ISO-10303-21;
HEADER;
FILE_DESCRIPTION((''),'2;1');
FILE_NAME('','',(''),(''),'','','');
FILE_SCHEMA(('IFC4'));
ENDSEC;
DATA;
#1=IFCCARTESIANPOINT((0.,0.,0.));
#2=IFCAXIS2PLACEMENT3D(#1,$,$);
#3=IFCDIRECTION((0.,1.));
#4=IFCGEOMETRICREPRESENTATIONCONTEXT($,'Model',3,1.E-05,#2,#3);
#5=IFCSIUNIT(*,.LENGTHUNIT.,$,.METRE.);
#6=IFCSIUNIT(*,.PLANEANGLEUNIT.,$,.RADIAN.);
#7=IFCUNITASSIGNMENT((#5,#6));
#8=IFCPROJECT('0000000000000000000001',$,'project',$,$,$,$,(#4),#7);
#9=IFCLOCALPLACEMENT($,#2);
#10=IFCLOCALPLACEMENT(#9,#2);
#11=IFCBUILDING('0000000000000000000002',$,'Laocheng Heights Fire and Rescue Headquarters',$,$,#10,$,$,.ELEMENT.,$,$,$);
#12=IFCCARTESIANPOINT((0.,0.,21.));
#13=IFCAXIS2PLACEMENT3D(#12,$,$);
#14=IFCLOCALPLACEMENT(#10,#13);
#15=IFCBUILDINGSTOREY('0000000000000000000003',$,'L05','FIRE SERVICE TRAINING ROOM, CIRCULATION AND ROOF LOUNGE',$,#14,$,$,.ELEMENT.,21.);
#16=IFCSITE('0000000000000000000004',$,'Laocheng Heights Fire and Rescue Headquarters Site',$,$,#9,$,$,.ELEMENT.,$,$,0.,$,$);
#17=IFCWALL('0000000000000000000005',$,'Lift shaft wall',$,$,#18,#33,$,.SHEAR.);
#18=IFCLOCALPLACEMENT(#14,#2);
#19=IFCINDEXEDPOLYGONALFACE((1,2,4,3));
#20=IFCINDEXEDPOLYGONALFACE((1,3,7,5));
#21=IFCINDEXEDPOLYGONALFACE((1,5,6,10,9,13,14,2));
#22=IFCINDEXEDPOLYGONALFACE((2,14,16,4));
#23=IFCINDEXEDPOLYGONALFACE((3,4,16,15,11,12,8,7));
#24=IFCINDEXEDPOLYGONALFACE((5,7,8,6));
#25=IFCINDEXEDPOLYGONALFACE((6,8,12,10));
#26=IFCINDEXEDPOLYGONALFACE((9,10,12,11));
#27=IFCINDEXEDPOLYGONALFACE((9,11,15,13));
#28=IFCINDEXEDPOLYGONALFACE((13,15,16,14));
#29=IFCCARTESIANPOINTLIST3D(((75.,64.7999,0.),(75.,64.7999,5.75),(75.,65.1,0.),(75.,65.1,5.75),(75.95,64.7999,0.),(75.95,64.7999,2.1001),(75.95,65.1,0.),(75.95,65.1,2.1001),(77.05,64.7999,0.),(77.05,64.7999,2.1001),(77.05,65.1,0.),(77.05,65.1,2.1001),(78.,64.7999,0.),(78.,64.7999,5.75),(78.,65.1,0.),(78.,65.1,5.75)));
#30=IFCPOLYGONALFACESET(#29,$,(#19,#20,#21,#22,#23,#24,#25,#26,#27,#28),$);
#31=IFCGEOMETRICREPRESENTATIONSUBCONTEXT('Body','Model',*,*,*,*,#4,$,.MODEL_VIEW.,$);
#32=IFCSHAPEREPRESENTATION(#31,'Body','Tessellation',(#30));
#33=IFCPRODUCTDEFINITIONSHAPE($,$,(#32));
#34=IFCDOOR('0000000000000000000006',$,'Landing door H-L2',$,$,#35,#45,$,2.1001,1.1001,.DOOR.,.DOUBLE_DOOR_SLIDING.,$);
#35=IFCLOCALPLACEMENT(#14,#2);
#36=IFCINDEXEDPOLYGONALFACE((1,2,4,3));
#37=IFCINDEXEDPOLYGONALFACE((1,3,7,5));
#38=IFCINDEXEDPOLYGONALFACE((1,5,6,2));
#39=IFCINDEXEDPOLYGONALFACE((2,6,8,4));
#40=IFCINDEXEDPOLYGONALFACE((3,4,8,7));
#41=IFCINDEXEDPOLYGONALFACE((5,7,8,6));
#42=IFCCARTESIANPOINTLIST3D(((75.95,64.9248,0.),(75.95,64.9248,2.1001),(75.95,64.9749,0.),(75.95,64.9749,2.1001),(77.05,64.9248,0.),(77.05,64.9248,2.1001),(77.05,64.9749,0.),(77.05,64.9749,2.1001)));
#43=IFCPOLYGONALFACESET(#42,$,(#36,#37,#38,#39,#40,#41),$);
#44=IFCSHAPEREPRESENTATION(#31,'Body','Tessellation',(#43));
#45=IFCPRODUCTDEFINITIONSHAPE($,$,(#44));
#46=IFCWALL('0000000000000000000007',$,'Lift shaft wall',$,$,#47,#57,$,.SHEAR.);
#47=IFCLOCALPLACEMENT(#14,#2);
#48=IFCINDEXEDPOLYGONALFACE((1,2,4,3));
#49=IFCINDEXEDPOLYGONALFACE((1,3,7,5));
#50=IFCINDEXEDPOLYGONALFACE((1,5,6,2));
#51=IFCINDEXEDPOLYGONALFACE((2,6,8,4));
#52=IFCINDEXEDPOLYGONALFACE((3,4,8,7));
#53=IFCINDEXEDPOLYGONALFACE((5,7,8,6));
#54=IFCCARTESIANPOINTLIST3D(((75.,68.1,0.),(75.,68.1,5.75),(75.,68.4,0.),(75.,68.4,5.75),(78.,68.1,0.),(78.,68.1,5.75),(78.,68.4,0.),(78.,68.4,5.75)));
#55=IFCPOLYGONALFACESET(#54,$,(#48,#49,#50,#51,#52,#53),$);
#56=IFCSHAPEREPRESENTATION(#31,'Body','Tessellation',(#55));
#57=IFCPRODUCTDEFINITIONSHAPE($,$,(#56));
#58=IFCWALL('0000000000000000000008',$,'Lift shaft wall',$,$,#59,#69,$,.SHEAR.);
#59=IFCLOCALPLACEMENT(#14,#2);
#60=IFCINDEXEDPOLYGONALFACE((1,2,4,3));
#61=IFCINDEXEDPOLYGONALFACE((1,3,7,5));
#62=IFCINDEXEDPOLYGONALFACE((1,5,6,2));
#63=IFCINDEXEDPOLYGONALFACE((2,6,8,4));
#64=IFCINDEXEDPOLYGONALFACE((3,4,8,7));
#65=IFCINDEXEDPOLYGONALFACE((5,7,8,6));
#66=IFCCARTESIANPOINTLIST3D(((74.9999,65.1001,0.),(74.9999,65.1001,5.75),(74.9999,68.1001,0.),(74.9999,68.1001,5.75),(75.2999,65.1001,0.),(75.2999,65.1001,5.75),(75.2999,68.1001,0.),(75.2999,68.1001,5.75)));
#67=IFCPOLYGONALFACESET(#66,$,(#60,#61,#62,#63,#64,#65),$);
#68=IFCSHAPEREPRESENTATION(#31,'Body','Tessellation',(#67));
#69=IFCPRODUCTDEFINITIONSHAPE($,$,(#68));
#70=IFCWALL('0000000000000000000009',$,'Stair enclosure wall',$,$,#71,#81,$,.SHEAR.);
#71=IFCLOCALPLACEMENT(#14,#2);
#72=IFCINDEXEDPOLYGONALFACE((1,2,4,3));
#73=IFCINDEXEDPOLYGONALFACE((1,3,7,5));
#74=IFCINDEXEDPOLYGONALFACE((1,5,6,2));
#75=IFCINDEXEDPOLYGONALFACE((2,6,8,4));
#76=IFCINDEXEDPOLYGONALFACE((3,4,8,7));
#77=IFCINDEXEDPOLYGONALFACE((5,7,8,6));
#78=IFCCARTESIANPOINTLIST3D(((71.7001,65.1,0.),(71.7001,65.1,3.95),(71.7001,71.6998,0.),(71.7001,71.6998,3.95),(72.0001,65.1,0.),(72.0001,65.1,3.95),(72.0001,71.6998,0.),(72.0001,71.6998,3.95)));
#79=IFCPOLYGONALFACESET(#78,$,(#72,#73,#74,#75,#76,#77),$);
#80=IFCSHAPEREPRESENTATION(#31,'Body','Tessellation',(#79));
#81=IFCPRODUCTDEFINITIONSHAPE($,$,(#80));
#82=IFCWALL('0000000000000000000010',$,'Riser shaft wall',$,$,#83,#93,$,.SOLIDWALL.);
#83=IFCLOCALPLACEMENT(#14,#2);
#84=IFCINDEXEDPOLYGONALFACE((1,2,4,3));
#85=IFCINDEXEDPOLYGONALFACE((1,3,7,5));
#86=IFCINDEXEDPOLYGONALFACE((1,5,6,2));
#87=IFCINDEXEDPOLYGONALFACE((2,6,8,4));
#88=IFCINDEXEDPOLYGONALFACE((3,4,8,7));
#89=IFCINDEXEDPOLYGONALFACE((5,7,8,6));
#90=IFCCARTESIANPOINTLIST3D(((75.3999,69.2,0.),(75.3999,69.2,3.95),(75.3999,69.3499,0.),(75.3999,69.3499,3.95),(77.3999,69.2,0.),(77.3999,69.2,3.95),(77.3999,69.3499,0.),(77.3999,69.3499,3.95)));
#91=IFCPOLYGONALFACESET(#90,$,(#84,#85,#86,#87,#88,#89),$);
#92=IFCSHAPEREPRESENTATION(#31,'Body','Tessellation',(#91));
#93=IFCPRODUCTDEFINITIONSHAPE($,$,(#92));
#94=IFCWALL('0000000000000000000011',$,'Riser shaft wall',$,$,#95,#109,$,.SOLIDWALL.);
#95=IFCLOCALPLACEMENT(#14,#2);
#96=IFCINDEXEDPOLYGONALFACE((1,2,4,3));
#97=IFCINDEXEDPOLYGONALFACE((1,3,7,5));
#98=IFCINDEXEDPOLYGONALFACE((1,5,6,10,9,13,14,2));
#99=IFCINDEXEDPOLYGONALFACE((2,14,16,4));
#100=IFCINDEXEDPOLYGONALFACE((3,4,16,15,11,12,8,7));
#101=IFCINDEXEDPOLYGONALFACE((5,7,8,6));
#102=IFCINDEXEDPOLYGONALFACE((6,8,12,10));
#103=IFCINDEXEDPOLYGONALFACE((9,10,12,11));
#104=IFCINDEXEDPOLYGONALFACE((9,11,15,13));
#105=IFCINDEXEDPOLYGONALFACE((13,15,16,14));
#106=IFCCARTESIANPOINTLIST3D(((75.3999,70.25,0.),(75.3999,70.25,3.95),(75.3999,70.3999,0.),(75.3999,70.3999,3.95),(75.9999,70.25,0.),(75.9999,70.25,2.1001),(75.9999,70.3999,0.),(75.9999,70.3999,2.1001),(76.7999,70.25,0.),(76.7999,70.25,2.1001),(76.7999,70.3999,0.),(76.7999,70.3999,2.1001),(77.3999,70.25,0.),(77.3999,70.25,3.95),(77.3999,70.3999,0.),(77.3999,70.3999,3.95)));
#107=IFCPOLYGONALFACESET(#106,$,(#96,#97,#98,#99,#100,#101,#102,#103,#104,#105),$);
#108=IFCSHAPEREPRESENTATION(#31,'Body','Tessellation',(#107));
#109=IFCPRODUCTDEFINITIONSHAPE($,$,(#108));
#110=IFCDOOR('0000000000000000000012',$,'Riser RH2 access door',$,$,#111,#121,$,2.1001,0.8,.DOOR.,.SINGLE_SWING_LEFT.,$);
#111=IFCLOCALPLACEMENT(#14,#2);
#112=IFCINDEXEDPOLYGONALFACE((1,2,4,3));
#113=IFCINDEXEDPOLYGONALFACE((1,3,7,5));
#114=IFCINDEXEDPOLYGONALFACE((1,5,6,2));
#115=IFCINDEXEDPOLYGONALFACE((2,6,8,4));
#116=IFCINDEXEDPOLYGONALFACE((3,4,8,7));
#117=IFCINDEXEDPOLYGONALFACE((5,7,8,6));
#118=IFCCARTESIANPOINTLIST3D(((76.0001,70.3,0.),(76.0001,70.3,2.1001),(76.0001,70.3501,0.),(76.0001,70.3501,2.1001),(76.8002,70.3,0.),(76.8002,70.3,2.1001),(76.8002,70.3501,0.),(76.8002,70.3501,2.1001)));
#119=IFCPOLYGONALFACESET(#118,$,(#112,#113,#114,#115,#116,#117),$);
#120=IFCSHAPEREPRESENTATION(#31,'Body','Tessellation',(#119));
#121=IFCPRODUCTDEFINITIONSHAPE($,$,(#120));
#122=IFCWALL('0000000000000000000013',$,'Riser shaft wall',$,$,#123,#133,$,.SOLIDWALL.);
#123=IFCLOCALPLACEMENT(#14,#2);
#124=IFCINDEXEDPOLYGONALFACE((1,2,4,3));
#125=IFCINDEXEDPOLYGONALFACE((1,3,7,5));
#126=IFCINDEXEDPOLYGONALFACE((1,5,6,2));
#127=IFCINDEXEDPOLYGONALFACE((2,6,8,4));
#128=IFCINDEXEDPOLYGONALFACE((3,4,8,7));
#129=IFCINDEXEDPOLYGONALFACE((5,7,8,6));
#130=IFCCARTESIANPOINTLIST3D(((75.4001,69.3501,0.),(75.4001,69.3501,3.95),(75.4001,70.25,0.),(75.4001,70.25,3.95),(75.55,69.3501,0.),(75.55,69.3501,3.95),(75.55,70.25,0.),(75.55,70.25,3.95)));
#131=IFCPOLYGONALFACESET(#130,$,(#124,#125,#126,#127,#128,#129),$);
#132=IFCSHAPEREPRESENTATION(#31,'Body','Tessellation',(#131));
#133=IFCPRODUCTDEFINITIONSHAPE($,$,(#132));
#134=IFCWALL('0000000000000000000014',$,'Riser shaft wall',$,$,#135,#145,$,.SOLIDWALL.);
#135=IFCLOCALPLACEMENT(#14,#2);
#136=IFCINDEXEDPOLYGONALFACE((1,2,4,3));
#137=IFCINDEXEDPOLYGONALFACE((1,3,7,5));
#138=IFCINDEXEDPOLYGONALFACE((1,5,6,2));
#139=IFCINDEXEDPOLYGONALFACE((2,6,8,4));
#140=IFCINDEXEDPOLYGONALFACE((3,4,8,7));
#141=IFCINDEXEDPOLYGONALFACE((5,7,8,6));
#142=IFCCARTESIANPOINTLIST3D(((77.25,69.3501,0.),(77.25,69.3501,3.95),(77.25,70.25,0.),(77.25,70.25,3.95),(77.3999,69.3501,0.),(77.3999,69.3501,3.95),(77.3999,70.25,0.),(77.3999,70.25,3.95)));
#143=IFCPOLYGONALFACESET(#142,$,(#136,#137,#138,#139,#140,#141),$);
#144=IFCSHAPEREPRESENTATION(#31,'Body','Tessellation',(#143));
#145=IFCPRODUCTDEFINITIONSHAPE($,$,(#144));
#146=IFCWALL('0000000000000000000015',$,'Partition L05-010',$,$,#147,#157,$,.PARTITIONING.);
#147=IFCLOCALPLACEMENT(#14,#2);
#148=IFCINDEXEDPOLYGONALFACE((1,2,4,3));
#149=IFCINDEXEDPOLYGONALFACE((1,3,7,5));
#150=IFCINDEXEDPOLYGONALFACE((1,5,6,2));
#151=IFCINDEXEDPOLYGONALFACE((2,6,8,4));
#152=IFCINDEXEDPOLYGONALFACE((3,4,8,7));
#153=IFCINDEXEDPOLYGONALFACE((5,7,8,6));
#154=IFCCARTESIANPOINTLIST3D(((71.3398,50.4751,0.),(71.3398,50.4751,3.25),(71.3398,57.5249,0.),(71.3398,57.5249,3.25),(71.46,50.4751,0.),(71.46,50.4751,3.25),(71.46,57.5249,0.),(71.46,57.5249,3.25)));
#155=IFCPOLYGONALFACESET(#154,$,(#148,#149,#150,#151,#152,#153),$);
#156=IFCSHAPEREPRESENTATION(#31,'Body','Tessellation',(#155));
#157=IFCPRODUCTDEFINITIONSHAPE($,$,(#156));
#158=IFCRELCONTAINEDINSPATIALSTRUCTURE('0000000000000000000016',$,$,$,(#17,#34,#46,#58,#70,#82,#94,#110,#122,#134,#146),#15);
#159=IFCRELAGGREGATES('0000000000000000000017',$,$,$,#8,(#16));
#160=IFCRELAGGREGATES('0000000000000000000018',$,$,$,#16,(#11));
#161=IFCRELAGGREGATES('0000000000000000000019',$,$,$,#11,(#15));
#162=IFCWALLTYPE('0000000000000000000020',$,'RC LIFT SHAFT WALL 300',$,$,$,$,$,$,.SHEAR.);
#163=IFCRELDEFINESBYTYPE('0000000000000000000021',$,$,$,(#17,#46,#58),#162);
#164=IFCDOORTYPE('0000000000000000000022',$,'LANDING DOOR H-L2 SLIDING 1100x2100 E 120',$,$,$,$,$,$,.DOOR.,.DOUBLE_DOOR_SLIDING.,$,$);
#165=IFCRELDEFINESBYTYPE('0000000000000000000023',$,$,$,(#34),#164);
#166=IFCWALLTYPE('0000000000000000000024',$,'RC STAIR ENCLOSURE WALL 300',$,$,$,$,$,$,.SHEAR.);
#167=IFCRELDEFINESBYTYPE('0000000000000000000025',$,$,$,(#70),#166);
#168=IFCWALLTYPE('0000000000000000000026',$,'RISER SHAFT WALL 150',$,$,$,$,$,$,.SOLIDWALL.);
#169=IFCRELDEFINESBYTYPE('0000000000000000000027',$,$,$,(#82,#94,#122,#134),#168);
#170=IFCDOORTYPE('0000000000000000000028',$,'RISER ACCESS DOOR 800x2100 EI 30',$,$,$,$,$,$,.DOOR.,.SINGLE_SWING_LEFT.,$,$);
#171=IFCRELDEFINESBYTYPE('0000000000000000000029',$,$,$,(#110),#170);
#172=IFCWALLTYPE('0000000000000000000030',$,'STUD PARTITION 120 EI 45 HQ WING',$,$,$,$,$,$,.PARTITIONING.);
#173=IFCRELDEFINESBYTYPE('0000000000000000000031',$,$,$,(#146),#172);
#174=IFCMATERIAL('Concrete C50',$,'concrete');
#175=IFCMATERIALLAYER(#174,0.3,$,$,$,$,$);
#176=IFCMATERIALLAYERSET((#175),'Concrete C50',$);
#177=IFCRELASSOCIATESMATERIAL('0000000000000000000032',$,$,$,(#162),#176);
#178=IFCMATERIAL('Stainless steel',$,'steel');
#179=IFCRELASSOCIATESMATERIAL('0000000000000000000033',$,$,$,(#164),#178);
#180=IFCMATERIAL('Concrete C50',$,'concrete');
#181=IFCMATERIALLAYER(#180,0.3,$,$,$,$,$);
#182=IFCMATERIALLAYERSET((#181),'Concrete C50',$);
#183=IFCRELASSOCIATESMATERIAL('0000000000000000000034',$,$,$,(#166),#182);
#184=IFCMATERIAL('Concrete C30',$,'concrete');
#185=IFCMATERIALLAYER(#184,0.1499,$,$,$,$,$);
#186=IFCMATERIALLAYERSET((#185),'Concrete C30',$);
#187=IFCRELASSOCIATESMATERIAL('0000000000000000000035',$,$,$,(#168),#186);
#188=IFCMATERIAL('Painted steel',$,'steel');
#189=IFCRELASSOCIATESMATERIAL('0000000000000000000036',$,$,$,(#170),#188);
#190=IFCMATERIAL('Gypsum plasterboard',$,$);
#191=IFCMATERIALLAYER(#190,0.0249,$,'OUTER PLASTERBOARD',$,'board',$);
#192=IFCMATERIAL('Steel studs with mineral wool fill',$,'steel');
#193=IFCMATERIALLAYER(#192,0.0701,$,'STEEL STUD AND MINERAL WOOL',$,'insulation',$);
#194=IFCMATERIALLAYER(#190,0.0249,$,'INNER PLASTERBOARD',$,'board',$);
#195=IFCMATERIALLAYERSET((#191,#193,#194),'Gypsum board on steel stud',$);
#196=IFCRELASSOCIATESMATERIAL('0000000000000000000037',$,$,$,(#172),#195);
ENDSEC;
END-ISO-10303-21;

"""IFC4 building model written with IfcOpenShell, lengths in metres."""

from ifc_helpers import new_model, si_unit, direction, frame, frame_2d, origin, place, context, subcontext, project, spatial, rectangle, extrude, material, layer, layer_set, type_object, element, fill, save


model = new_model("IFC4")

# Units and contexts
model_context = context("Model", 3, precision=1e-05, world=origin(), true_north=direction((0.0, 1.0)))
body_context = subcontext(model_context, "Body", "Model", "MODEL_VIEW")
ifc_project = project(units=[si_unit("LENGTHUNIT", "METRE"), si_unit("PLANEANGLEUNIT", "RADIAN")], contexts=[model_context])

# Site, building, storey
site_placement = place(None, origin())
site = spatial("IfcSite", under=ifc_project, at=site_placement, Name="Laocheng Heights Fire and Rescue Headquarters Site", CompositionType="ELEMENT", RefElevation=0.0)
building_placement = place(site_placement, origin())
building = spatial("IfcBuilding", under=site, at=building_placement, Name="Laocheng Heights Fire and Rescue Headquarters", CompositionType="ELEMENT")
storey_placement = place(building_placement, frame((0.0, 0.0, 21.0)))
storey = spatial("IfcBuildingStorey", under=building, at=storey_placement, Name="L05", Description="FIRE SERVICE TRAINING ROOM, CIRCULATION AND ROOF LOUNGE", CompositionType="ELEMENT", Elevation=21.0)

# Wall, opening, door
ifc_material_1 = material(Name="Concrete C50", Category="concrete")
ifc_layer_1 = layer(ifc_material_1, 0.3)
ifc_layer_set_1 = layer_set([ifc_layer_1], Name="Concrete C50")
wall_type_1 = type_object("IfcWallType", Name="RC LIFT SHAFT WALL 300", PredefinedType="SHEAR", material=ifc_layer_set_1)
wall_1_placement = place(storey_placement, frame((75.0, 64.95, 0.0), z_axis=(0.0, 0.0, 1.0), x_axis=(1.0, 0.0, 0.0)))
wall_1 = element("IfcWall", 1, at=wall_1_placement, inside=storey, type_object=wall_type_1, Name="Lift shaft wall", PredefinedType="SHEAR", context=body_context, shape_type="SweptSolid", body=[
    extrude(rectangle(XDim=3.0, YDim=0.3, at=frame_2d((1.5, 0.0))), origin(), (0.0, 0.0, 1.0), 5.75),
])
opening_1_placement = place(wall_1_placement, frame((0.95, 0.0, 0.0)))
opening_1 = element("IfcOpeningElement", 2, at=opening_1_placement, cuts=wall_1, PredefinedType="OPENING", context=body_context, shape_type="SweptSolid", body=[
    extrude(rectangle(XDim=1.1001, YDim=2.1001, at=frame_2d((0.55, 1.05))), frame((0.0, 0.1599, 0.0), z_axis=(0.0, -1.0, 0.0), x_axis=(1.0, 0.0, 0.0)), (0.0, 0.0, 1.0), 0.3201),
])
ifc_material_2 = material(Name="Stainless steel", Category="steel")
door_type_1 = type_object("IfcDoorType", Name="LANDING DOOR H-L2 SLIDING 1100x2100 E 120", OperationType="DOUBLE_DOOR_SLIDING", PredefinedType="DOOR", material=ifc_material_2)
door_1_placement = place(opening_1_placement, origin())
door_1 = element("IfcDoor", 3, at=door_1_placement, inside=storey, type_object=door_type_1, Name="Landing door H-L2", OperationType="DOUBLE_DOOR_SLIDING", OverallHeight=2.1001, OverallWidth=1.1001, PredefinedType="DOOR", context=body_context, shape_type="SweptSolid", body=[
    extrude(rectangle(XDim=1.1001, YDim=2.1001, at=frame_2d((0.55, 1.05))), frame((0.0, 0.0249, 0.0), z_axis=(0.0, -1.0, 0.0), x_axis=(1.0, 0.0, 0.0)), (0.0, 0.0, 1.0), 0.05),
])
fill(opening_1, door_1)

# Walls
for number, where, z_axis, x_axis, name in (
    (4, (75.0, 68.25, 0.0), (0.0, 0.0, 1.0), (1.0, 0.0, 0.0), "Lift shaft wall"),
    (5, (75.1499, 65.1001, 0.0), (0.0, 0.0, 1.0), (0.0, 1.0, 0.0), "Lift shaft wall"),
):
    element("IfcWall", number, at=place(storey_placement, frame(where, z_axis=z_axis, x_axis=x_axis)), inside=storey, type_object=wall_type_1, Name=name, PredefinedType="SHEAR", context=body_context, shape_type="SweptSolid", body=[
        extrude(rectangle(XDim=3.0, YDim=0.3, at=frame_2d((1.5, 0.0))), origin(), (0.0, 0.0, 1.0), 5.75),
    ])
ifc_material_3 = material(Name="Concrete C50", Category="concrete")
ifc_layer_2 = layer(ifc_material_3, 0.3)
ifc_layer_set_2 = layer_set([ifc_layer_2], Name="Concrete C50")
wall_type_2 = type_object("IfcWallType", Name="RC STAIR ENCLOSURE WALL 300", PredefinedType="SHEAR", material=ifc_layer_set_2)
wall_2_placement = place(storey_placement, frame((71.8501, 65.1001, 0.0), z_axis=(0.0, 0.0, 1.0), x_axis=(0.0, 1.0, 0.0)))
element("IfcWall", 6, at=wall_2_placement, inside=storey, type_object=wall_type_2, Name="Stair enclosure wall", PredefinedType="SHEAR", context=body_context, shape_type="SweptSolid", body=[
    extrude(rectangle(XDim=6.5999, YDim=0.3, at=frame_2d((3.2998, 0.0))), origin(), (0.0, 0.0, 1.0), 3.95),
])
ifc_material_4 = material(Name="Concrete C30", Category="concrete")
ifc_layer_3 = layer(ifc_material_4, 0.1499)
ifc_layer_set_3 = layer_set([ifc_layer_3], Name="Concrete C30")
wall_type_3 = type_object("IfcWallType", Name="RISER SHAFT WALL 150", PredefinedType="SOLIDWALL", material=ifc_layer_set_3)
wall_3_placement = place(storey_placement, frame((75.3999, 69.2749, 0.0), z_axis=(0.0, 0.0, 1.0), x_axis=(1.0, 0.0, 0.0)))
element("IfcWall", 7, at=wall_3_placement, inside=storey, type_object=wall_type_3, Name="Riser shaft wall", PredefinedType="SOLIDWALL", context=body_context, shape_type="SweptSolid", body=[
    extrude(rectangle(XDim=2.0, YDim=0.1499, at=frame_2d((1.0, 0.0))), origin(), (0.0, 0.0, 1.0), 3.95),
])

# Wall, opening, door
wall_4_placement = place(storey_placement, frame((75.3999, 70.325, 0.0), z_axis=(0.0, 0.0, 1.0), x_axis=(1.0, 0.0, 0.0)))
wall_4 = element("IfcWall", 8, at=wall_4_placement, inside=storey, type_object=wall_type_3, Name="Riser shaft wall", PredefinedType="SOLIDWALL", context=body_context, shape_type="SweptSolid", body=[
    extrude(rectangle(XDim=2.0, YDim=0.1499, at=frame_2d((1.0, 0.0))), origin(), (0.0, 0.0, 1.0), 3.95),
])
opening_2_placement = place(wall_4_placement, frame((0.6001, 0.0, 0.0)))
opening_2 = element("IfcOpeningElement", 9, at=opening_2_placement, cuts=wall_4, PredefinedType="OPENING", context=body_context, shape_type="SweptSolid", body=[
    extrude(rectangle(XDim=0.8, YDim=2.1001, at=frame_2d((0.3999, 1.05))), frame((0.0, 0.085, 0.0), z_axis=(0.0, -1.0, 0.0), x_axis=(1.0, 0.0, 0.0)), (0.0, 0.0, 1.0), 0.1699),
])
ifc_material_5 = material(Name="Painted steel", Category="steel")
door_type_2 = type_object("IfcDoorType", Name="RISER ACCESS DOOR 800x2100 EI 30", OperationType="SINGLE_SWING_LEFT", PredefinedType="DOOR", material=ifc_material_5)
door_2_placement = place(opening_2_placement, frame((0.8, 0.0, 0.0), z_axis=(0.0, 0.0, 1.0), x_axis=(-1.0, 0.0, 0.0)))
door_2 = element("IfcDoor", 10, at=door_2_placement, inside=storey, type_object=door_type_2, Name="Riser RH2 access door", OperationType="SINGLE_SWING_LEFT", OverallHeight=2.1001, OverallWidth=0.8, PredefinedType="DOOR", context=body_context, shape_type="SweptSolid", body=[
    extrude(rectangle(XDim=0.8, YDim=2.1001, at=frame_2d((0.3999, 1.05))), frame((0.0, 0.0249, 0.0), z_axis=(0.0, -1.0, 0.0), x_axis=(1.0, 0.0, 0.0)), (0.0, 0.0, 1.0), 0.05),
])
fill(opening_2, door_2)

# Walls
for number, where, z_axis, x_axis, name in (
    (11, (75.4751, 69.3501, 0.0), (0.0, 0.0, 1.0), (0.0, 1.0, 0.0), "Riser shaft wall"),
    (12, (77.325, 69.3501, 0.0), (0.0, 0.0, 1.0), (0.0, 1.0, 0.0), "Riser shaft wall"),
):
    element("IfcWall", number, at=place(storey_placement, frame(where, z_axis=z_axis, x_axis=x_axis)), inside=storey, type_object=wall_type_3, Name=name, PredefinedType="SOLIDWALL", context=body_context, shape_type="SweptSolid", body=[
        extrude(rectangle(XDim=0.8999, YDim=0.1499, at=frame_2d((0.45, 0.0))), origin(), (0.0, 0.0, 1.0), 3.95),
    ])
ifc_material_6 = material(Name="Gypsum plasterboard")
ifc_layer_4 = layer(ifc_material_6, 0.0249, Name="OUTER PLASTERBOARD", Category="board")
ifc_material_7 = material(Name="Steel studs with mineral wool fill", Category="steel")
ifc_layer_5 = layer(ifc_material_7, 0.0701, Name="STEEL STUD AND MINERAL WOOL", Category="insulation")
ifc_layer_6 = layer(ifc_material_6, 0.0249, Name="INNER PLASTERBOARD", Category="board")
ifc_layer_set_4 = layer_set([ifc_layer_4, ifc_layer_5, ifc_layer_6], Name="Gypsum board on steel stud")
wall_type_4 = type_object("IfcWallType", Name="STUD PARTITION 120 EI 45 HQ WING", PredefinedType="PARTITIONING", material=ifc_layer_set_4)
wall_5_placement = place(storey_placement, frame((71.3999, 50.4751, 0.0), z_axis=(0.0, 0.0, 1.0), x_axis=(0.0, 1.0, 0.0)))
element("IfcWall", 13, at=wall_5_placement, inside=storey, type_object=wall_type_4, Name="Partition L05-010", PredefinedType="PARTITIONING", context=body_context, shape_type="SweptSolid", body=[
    extrude(rectangle(XDim=7.0498, YDim=0.1201, at=frame_2d((3.5249, 0.0))), origin(), (0.0, 0.0, 1.0), 3.25),
])

save(model, "model.ifc")
